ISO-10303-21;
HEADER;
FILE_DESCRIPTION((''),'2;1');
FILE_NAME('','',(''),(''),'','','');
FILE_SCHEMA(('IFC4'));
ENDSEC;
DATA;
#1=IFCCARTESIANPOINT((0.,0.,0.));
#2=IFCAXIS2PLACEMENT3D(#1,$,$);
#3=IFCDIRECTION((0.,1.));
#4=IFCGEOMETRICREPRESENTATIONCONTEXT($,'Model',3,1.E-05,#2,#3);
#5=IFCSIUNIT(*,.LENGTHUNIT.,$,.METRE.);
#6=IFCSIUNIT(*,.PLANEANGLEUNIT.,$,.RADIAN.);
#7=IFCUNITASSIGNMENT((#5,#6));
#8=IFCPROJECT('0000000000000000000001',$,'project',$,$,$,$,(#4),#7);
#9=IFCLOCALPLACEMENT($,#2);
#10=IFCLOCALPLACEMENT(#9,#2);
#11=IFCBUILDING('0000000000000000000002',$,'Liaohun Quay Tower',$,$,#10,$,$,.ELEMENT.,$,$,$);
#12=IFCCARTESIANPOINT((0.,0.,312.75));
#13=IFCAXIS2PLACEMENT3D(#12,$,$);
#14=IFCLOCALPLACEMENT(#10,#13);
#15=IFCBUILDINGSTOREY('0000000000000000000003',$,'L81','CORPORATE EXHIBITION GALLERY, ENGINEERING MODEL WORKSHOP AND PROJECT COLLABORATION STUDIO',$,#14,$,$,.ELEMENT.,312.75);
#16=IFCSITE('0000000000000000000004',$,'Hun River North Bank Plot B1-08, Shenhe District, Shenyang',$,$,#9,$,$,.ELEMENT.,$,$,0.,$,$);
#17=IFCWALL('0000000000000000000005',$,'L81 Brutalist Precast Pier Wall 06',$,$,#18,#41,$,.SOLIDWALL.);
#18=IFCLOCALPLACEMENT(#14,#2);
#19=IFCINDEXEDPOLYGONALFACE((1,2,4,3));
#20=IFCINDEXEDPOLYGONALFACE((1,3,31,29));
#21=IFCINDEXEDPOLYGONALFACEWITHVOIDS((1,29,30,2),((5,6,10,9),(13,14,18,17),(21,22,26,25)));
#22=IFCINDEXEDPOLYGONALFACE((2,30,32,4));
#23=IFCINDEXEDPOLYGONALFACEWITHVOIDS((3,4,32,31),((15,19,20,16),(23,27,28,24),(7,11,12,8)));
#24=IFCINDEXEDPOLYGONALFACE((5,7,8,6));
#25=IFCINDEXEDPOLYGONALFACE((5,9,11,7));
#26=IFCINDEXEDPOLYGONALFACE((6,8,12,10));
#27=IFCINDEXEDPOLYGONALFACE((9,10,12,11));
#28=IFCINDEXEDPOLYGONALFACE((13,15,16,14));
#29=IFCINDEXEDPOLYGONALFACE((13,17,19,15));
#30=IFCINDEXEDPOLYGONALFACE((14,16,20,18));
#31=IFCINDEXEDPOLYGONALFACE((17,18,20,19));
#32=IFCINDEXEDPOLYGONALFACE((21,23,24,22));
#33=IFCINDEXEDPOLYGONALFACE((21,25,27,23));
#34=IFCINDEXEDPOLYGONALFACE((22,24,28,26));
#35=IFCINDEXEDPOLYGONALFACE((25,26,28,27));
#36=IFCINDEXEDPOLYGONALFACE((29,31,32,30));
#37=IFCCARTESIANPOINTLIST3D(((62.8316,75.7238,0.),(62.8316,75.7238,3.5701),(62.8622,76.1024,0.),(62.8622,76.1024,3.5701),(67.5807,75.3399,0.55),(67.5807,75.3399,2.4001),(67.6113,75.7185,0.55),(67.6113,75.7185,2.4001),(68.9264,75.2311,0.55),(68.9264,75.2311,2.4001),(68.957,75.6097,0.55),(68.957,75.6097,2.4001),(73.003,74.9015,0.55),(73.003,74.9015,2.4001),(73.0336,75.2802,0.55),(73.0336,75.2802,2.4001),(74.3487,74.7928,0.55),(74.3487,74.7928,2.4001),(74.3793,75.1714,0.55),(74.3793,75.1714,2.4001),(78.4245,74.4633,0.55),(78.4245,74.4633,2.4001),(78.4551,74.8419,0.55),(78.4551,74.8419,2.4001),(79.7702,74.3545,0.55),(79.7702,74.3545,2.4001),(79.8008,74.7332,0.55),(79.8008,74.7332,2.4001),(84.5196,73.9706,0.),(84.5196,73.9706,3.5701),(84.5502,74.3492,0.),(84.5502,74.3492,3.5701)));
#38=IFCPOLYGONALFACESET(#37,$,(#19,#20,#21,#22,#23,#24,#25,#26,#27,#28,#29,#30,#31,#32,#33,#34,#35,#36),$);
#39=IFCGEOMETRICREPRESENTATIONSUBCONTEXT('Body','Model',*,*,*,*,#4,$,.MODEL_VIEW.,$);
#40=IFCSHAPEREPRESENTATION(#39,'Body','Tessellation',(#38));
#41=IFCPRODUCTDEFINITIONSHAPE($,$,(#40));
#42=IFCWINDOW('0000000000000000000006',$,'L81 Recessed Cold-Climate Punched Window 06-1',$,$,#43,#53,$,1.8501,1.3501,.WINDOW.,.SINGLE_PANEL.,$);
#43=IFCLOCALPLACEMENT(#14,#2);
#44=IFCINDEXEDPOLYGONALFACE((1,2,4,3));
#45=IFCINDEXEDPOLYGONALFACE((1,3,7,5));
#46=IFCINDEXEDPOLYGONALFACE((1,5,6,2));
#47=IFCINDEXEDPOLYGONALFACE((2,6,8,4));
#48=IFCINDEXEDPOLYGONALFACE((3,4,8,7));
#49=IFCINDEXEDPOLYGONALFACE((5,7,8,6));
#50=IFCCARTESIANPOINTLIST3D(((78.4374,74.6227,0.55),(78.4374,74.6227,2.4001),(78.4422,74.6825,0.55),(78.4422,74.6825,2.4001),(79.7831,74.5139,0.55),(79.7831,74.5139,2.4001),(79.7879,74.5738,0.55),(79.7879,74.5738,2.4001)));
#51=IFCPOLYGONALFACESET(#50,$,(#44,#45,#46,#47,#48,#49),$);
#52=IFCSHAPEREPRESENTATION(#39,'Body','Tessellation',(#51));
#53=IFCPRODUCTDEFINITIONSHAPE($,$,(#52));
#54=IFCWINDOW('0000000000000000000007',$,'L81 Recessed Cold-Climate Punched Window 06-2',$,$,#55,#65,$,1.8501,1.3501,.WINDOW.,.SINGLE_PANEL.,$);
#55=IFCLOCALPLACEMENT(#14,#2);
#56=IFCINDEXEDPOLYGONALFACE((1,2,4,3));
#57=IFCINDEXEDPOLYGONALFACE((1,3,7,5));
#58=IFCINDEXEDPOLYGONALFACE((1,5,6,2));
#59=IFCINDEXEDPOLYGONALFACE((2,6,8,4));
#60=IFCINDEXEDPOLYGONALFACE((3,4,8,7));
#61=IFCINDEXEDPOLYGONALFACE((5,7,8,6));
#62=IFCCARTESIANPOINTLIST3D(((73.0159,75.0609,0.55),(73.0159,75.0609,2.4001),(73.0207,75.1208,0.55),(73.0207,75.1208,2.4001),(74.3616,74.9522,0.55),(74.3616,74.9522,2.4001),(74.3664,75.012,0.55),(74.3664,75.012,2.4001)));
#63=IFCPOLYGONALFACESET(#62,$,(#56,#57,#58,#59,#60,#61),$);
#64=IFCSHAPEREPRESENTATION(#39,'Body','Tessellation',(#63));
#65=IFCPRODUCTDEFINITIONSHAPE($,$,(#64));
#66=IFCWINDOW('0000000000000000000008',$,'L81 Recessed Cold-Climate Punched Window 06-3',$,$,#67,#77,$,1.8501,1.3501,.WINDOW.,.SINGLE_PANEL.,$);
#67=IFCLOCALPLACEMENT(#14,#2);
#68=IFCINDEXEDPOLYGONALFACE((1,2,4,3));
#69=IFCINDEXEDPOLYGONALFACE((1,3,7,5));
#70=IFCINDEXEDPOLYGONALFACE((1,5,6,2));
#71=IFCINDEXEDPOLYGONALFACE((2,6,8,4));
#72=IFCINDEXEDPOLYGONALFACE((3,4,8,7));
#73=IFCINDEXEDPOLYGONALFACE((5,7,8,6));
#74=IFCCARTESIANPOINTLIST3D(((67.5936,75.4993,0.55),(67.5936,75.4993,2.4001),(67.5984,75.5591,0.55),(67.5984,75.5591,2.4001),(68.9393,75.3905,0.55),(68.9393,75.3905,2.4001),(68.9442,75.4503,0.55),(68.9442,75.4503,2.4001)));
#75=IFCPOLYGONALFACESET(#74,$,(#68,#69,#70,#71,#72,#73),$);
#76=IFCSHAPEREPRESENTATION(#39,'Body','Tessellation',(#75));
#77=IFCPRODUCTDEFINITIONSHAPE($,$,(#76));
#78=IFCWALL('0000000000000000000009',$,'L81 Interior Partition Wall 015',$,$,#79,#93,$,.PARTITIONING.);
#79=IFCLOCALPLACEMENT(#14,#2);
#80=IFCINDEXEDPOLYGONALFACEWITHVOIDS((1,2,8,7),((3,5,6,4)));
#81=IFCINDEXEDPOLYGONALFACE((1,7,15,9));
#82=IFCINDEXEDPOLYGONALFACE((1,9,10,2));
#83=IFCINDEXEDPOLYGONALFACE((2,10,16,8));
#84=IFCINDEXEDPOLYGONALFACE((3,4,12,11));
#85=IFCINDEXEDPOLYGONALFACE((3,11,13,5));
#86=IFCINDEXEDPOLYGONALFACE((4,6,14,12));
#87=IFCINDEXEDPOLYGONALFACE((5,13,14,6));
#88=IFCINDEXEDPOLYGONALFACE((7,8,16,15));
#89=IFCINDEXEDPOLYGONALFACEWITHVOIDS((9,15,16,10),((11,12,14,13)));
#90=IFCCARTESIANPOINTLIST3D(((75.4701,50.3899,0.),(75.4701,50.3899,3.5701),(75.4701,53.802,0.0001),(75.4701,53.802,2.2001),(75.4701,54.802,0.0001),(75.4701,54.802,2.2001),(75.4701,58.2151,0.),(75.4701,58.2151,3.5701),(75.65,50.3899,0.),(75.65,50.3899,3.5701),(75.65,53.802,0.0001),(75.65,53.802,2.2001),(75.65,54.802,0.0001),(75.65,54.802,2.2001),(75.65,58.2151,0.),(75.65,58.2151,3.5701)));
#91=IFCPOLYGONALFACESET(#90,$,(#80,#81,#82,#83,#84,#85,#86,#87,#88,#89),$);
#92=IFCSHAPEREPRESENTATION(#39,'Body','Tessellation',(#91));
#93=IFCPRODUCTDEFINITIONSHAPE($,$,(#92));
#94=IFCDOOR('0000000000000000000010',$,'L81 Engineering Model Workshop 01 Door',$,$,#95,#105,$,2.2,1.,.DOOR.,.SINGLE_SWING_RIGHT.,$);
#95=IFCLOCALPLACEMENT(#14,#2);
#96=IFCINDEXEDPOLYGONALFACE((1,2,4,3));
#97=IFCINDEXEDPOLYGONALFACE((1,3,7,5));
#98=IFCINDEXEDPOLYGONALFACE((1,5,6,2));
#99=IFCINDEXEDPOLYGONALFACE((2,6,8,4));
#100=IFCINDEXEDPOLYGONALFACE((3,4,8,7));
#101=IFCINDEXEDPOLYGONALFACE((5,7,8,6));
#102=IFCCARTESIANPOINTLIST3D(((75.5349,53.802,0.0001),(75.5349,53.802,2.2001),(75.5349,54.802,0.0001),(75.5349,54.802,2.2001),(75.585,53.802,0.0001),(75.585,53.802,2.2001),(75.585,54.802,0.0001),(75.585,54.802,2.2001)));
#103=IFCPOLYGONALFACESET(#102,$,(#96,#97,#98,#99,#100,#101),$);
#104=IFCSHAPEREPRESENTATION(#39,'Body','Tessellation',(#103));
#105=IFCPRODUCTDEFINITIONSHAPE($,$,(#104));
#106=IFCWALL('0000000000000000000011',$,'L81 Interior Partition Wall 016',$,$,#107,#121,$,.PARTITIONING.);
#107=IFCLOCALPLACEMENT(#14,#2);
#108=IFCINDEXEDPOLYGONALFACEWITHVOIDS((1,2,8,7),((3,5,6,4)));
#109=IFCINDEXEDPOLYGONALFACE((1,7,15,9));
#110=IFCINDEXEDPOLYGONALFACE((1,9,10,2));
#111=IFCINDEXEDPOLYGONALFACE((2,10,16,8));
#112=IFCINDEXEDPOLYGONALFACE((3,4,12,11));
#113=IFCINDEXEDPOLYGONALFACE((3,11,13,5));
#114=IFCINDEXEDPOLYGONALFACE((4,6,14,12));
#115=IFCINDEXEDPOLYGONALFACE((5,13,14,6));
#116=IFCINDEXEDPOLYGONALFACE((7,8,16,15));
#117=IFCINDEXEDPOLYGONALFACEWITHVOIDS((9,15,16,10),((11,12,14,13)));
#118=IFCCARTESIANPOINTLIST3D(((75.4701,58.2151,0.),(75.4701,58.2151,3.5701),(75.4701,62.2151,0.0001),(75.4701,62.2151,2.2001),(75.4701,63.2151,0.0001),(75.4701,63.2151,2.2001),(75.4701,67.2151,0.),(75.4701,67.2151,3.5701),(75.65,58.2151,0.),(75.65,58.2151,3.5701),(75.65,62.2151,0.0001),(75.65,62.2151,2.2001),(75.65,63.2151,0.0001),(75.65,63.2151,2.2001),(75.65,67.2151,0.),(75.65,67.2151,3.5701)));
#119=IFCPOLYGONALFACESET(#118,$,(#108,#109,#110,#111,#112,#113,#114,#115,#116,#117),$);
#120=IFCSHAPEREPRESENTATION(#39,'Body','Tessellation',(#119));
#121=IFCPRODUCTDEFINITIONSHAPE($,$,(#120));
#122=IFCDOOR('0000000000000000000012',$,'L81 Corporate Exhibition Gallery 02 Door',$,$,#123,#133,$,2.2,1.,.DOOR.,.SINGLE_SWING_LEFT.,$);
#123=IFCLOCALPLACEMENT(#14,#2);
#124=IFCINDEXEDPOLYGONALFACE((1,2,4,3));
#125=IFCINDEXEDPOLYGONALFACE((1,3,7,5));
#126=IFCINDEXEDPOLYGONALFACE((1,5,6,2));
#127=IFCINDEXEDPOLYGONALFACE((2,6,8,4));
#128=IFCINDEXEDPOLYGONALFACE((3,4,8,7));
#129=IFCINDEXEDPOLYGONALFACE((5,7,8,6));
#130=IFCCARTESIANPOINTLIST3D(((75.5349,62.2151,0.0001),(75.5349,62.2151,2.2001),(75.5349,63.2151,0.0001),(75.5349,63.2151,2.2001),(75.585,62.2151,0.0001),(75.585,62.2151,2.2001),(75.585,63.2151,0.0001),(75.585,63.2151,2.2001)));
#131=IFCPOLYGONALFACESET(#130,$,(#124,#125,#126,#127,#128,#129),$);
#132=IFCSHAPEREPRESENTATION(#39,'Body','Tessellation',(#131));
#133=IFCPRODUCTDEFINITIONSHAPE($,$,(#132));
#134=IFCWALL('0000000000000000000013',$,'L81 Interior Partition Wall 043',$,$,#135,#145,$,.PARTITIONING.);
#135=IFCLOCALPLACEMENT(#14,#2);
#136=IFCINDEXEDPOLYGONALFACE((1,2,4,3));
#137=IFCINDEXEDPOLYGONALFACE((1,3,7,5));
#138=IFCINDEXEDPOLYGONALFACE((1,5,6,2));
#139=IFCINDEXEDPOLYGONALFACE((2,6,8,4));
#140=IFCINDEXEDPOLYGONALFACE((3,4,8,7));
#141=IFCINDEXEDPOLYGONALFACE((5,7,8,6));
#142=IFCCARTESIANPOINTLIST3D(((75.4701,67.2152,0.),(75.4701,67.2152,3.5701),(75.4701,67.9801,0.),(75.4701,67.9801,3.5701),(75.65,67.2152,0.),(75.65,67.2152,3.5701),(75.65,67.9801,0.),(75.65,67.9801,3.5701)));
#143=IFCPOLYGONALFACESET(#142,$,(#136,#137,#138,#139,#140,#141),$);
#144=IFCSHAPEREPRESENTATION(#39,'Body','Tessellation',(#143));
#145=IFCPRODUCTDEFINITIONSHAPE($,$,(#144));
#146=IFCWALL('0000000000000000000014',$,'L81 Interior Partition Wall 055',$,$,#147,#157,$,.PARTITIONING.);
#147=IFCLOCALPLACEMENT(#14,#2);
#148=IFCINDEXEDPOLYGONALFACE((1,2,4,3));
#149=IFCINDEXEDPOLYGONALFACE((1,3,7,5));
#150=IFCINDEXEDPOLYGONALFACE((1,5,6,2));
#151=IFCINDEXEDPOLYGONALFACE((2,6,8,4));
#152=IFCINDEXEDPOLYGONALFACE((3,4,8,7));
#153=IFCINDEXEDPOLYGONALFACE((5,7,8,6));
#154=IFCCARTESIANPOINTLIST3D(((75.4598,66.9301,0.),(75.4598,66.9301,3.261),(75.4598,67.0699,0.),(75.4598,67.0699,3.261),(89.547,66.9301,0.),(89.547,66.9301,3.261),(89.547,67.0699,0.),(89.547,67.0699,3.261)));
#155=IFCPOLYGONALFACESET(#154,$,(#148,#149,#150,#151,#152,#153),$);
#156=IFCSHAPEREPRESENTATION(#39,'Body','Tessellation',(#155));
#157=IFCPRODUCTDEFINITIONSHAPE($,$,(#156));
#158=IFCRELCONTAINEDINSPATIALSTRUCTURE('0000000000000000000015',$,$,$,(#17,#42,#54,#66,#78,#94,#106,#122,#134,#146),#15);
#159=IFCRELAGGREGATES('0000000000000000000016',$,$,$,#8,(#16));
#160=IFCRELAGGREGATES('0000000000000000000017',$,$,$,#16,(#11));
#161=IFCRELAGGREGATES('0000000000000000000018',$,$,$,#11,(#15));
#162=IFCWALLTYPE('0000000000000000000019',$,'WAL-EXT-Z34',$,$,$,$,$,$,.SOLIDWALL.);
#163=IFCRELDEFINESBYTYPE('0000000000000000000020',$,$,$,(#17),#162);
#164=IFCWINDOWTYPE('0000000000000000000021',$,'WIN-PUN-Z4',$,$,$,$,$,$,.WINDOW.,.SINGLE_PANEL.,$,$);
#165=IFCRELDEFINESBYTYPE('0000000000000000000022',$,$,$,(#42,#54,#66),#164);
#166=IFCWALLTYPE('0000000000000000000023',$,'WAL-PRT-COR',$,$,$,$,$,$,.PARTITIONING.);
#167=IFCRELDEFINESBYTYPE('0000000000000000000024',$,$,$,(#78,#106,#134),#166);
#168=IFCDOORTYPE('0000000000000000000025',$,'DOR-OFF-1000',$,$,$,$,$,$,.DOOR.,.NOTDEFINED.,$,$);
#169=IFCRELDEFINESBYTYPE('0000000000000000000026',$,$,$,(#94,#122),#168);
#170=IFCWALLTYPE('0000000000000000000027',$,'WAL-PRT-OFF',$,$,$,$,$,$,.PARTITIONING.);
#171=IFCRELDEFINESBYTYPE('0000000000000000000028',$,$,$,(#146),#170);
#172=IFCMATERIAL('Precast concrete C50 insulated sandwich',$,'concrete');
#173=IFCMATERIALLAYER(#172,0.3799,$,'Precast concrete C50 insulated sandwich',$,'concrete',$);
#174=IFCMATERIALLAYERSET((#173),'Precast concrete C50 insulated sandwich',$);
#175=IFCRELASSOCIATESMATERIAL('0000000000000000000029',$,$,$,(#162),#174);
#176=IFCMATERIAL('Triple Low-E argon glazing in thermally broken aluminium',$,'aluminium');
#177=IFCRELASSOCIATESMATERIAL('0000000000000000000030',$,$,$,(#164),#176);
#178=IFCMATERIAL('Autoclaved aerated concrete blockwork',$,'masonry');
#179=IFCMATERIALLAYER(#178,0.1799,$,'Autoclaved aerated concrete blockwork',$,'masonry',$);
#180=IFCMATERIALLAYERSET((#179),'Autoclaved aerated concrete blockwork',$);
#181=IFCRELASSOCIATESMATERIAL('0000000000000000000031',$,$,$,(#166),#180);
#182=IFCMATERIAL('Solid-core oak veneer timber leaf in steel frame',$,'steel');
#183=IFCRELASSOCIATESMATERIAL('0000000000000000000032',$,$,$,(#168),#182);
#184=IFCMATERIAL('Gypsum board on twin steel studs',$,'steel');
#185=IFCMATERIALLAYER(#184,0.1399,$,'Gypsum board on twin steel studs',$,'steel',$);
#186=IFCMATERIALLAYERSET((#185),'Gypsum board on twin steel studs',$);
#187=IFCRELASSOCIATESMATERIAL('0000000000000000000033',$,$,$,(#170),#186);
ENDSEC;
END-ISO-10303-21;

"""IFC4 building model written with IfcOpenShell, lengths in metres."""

from ifc_helpers import new_model, si_unit, direction, frame, frame_2d, origin, place, context, subcontext, project, spatial, rectangle, extrude, source, transform, mapped, material, layer, layer_set, type_object, element, fill, save


model = new_model("IFC4")

# Units and contexts
model_context = context("Model", 3, precision=1e-05, world=origin(), true_north=direction((0.0, 1.0)))
body_context = subcontext(model_context, "Body", "Model", "MODEL_VIEW")
ifc_project = project(units=[si_unit("LENGTHUNIT", "METRE"), si_unit("PLANEANGLEUNIT", "RADIAN")], contexts=[model_context])

# Site, building, storey
site_placement = place(None, origin())
site = spatial("IfcSite", under=ifc_project, at=site_placement, Name="Hun River North Bank Plot B1-08, Shenhe District, Shenyang", CompositionType="ELEMENT", RefElevation=0.0)
building_placement = place(site_placement, origin())
building = spatial("IfcBuilding", under=site, at=building_placement, Name="Liaohun Quay Tower", CompositionType="ELEMENT")
storey_placement = place(building_placement, frame((0.0, 0.0, 312.75)))
storey = spatial("IfcBuildingStorey", under=building, at=storey_placement, Name="L81", Description="CORPORATE EXHIBITION GALLERY, ENGINEERING MODEL WORKSHOP AND PROJECT COLLABORATION STUDIO", CompositionType="ELEMENT", Elevation=312.75)

# Shared definitions
ifc_material_1 = material(Name="Precast concrete C50 insulated sandwich", Category="concrete")
ifc_layer_1 = layer(ifc_material_1, 0.3799, Name="Precast concrete C50 insulated sandwich", Category="concrete")
ifc_layer_set_1 = layer_set([ifc_layer_1], Name="Precast concrete C50 insulated sandwich")
wall_type_1 = type_object("IfcWallType", Name="WAL-EXT-Z34", PredefinedType="SOLIDWALL", material=ifc_layer_set_1)

# Wall, openings, windows
wall_1_placement = place(storey_placement, frame((84.5349, 74.1599, 0.0), z_axis=(0.0, 0.0, 1.0), x_axis=(-0.996749, 0.080573, 0.0)))
wall_1 = element("IfcWall", 1, at=wall_1_placement, inside=storey, type_object=wall_type_1, Name="L81 Brutalist Precast Pier Wall 06", PredefinedType="SOLIDWALL", context=body_context, shape_type="SweptSolid", body=[
    extrude(rectangle(XDim=21.7588, YDim=0.3799, at=frame_2d((10.8794, 0.0))), origin(), (0.0, 0.0, 1.0), 3.5701),
])
shared_shape_1 = source(origin(), body_context, "Body", "SweptSolid", [
    extrude(rectangle(XDim=1.3501, YDim=1.8501, at=frame_2d((0.675, 0.925))), frame((0.0, 0.2, 0.0), z_axis=(0.0, -1.0, 0.0), x_axis=(1.0, 0.0, 0.0)), (0.0, 0.0, 1.0), 0.3999),
])
opening_1_placement = place(wall_1_placement, frame((4.7649, 0.0, 0.55)))
opening_1 = element("IfcOpeningElement", 2, at=opening_1_placement, cuts=wall_1, PredefinedType="OPENING", context=body_context, shape_type="MappedRepresentation", body=[
    mapped(shared_shape_1, transform((0.0, 0.0, 0.0), x_axis=(1.0, 0.0, 0.0), y_axis=(0.0, 1.0, 0.0), z_axis=(0.0, 0.0, 1.0), scale=1.0)),
])
opening_2_placement = place(wall_1_placement, frame((10.2041, 0.0, 0.55)))
opening_2 = element("IfcOpeningElement", 3, at=opening_2_placement, cuts=wall_1, PredefinedType="OPENING", context=body_context, shape_type="MappedRepresentation", body=[
    mapped(shared_shape_1, transform((0.0, 0.0, 0.0), x_axis=(1.0, 0.0, 0.0), y_axis=(0.0, 1.0, 0.0), z_axis=(0.0, 0.0, 1.0), scale=1.0)),
])
opening_3_placement = place(wall_1_placement, frame((15.644, 0.0, 0.55)))
opening_3 = element("IfcOpeningElement", 4, at=opening_3_placement, cuts=wall_1, PredefinedType="OPENING", context=body_context, shape_type="MappedRepresentation", body=[
    mapped(shared_shape_1, transform((0.0, 0.0, 0.0), x_axis=(1.0, 0.0, 0.0), y_axis=(0.0, 1.0, 0.0), z_axis=(0.0, 0.0, 1.0), scale=1.0)),
])
ifc_material_2 = material(Name="Triple Low-E argon glazing in thermally broken aluminium", Category="aluminium")
window_type_1 = type_object("IfcWindowType", Name="WIN-PUN-Z4", PartitioningType="SINGLE_PANEL", PredefinedType="WINDOW", material=ifc_material_2)
shared_shape_2 = source(origin(), body_context, "Body", "SweptSolid", [
    extrude(rectangle(XDim=1.3501, YDim=1.8501, at=frame_2d((0.675, 0.925))), frame((0.0, 0.03, 0.0), z_axis=(0.0, -1.0, 0.0), x_axis=(1.0, 0.0, 0.0)), (0.0, 0.0, 1.0), 0.0601),
])
window_1_placement = place(opening_1_placement, origin())
window_1 = element("IfcWindow", 5, at=window_1_placement, inside=storey, type_object=window_type_1, Name="L81 Recessed Cold-Climate Punched Window 06-1", OverallHeight=1.8501, OverallWidth=1.3501, PartitioningType="SINGLE_PANEL", PredefinedType="WINDOW", context=body_context, shape_type="MappedRepresentation", body=[
    mapped(shared_shape_2, transform((0.0, 0.0, 0.0), x_axis=(1.0, 0.0, 0.0), y_axis=(0.0, 1.0, 0.0), z_axis=(0.0, 0.0, 1.0), scale=1.0)),
])
fill(opening_1, window_1)
window_2_placement = place(opening_2_placement, origin())
window_2 = element("IfcWindow", 6, at=window_2_placement, inside=storey, type_object=window_type_1, Name="L81 Recessed Cold-Climate Punched Window 06-2", OverallHeight=1.8501, OverallWidth=1.3501, PartitioningType="SINGLE_PANEL", PredefinedType="WINDOW", context=body_context, shape_type="MappedRepresentation", body=[
    mapped(shared_shape_2, transform((0.0, 0.0, 0.0), x_axis=(1.0, 0.0, 0.0), y_axis=(0.0, 1.0, 0.0), z_axis=(0.0, 0.0, 1.0), scale=1.0)),
])
fill(opening_2, window_2)
window_3_placement = place(opening_3_placement, origin())
window_3 = element("IfcWindow", 7, at=window_3_placement, inside=storey, type_object=window_type_1, Name="L81 Recessed Cold-Climate Punched Window 06-3", OverallHeight=1.8501, OverallWidth=1.3501, PartitioningType="SINGLE_PANEL", PredefinedType="WINDOW", context=body_context, shape_type="MappedRepresentation", body=[
    mapped(shared_shape_2, transform((0.0, 0.0, 0.0), x_axis=(1.0, 0.0, 0.0), y_axis=(0.0, 1.0, 0.0), z_axis=(0.0, 0.0, 1.0), scale=1.0)),
])
fill(opening_3, window_3)

# Walls, openings, doors
ifc_material_3 = material(Name="Autoclaved aerated concrete blockwork", Category="masonry")
ifc_layer_2 = layer(ifc_material_3, 0.1799, Name="Autoclaved aerated concrete blockwork", Category="masonry")
ifc_layer_set_2 = layer_set([ifc_layer_2], Name="Autoclaved aerated concrete blockwork")
wall_type_2 = type_object("IfcWallType", Name="WAL-PRT-COR", PredefinedType="PARTITIONING", material=ifc_layer_set_2)
wall_2_placement = place(storey_placement, frame((75.5601, 58.2151, 0.0), z_axis=(0.0, 0.0, 1.0), x_axis=(0.0, -1.0, 0.0)))
wall_2 = element("IfcWall", 8, at=wall_2_placement, inside=storey, type_object=wall_type_2, Name="L81 Interior Partition Wall 015", PredefinedType="PARTITIONING", context=body_context, shape_type="SweptSolid", body=[
    extrude(rectangle(XDim=7.8252, YDim=0.1799, at=frame_2d((3.9126, 0.0))), origin(), (0.0, 0.0, 1.0), 3.5701),
])
shared_shape_3 = source(origin(), body_context, "Body", "SweptSolid", [
    extrude(rectangle(XDim=1.0, YDim=2.2, at=frame_2d((0.5, 1.1001))), frame((0.0, 0.0999, 0.0), z_axis=(0.0, -1.0, 0.0), x_axis=(1.0, 0.0, 0.0)), (0.0, 0.0, 1.0), 0.2),
])
opening_4_placement = place(wall_2_placement, frame((3.4131, 0.0, 0.0)))
opening_4 = element("IfcOpeningElement", 9, at=opening_4_placement, cuts=wall_2, PredefinedType="OPENING", context=body_context, shape_type="MappedRepresentation", body=[
    mapped(shared_shape_3, transform((0.0, 0.0, 0.0), x_axis=(1.0, 0.0, 0.0), y_axis=(0.0, 1.0, 0.0), z_axis=(0.0, 0.0, 1.0), scale=1.0)),
])
ifc_material_4 = material(Name="Solid-core oak veneer timber leaf in steel frame", Category="steel")
door_type = type_object("IfcDoorType", Name="DOR-OFF-1000", OperationType="NOTDEFINED", PredefinedType="DOOR", material=ifc_material_4)
shared_shape_4 = source(origin(), body_context, "Body", "SweptSolid", [
    extrude(rectangle(XDim=1.0, YDim=2.2, at=frame_2d((0.5, 1.1001))), frame((0.0, 0.0249, 0.0), z_axis=(0.0, -1.0, 0.0), x_axis=(1.0, 0.0, 0.0)), (0.0, 0.0, 1.0), 0.05),
])
door_1_placement = place(opening_4_placement, origin())
door_1 = element("IfcDoor", 10, at=door_1_placement, inside=storey, type_object=door_type, Name="L81 Engineering Model Workshop 01 Door", OperationType="SINGLE_SWING_RIGHT", OverallHeight=2.2, OverallWidth=1.0, PredefinedType="DOOR", context=body_context, shape_type="MappedRepresentation", body=[
    mapped(shared_shape_4, transform((0.0, 0.0, 0.0), x_axis=(1.0, 0.0, 0.0), y_axis=(0.0, 1.0, 0.0), z_axis=(0.0, 0.0, 1.0), scale=1.0)),
])
fill(opening_4, door_1)
wall_3_placement = place(storey_placement, frame((75.5601, 67.2151, 0.0), z_axis=(0.0, 0.0, 1.0), x_axis=(0.0, -1.0, 0.0)))
wall_3 = element("IfcWall", 11, at=wall_3_placement, inside=storey, type_object=wall_type_2, Name="L81 Interior Partition Wall 016", PredefinedType="PARTITIONING", context=body_context, shape_type="SweptSolid", body=[
    extrude(rectangle(XDim=9.0, YDim=0.1799, at=frame_2d((4.5, 0.0))), origin(), (0.0, 0.0, 1.0), 3.5701),
])
opening_5_placement = place(wall_3_placement, frame((4.0, 0.0, 0.0)))
opening_5 = element("IfcOpeningElement", 12, at=opening_5_placement, cuts=wall_3, PredefinedType="OPENING", context=body_context, shape_type="MappedRepresentation", body=[
    mapped(shared_shape_3, transform((0.0, 0.0, 0.0), x_axis=(1.0, 0.0, 0.0), y_axis=(0.0, 1.0, 0.0), z_axis=(0.0, 0.0, 1.0), scale=1.0)),
])
door_2_placement = place(opening_5_placement, origin())
door_2 = element("IfcDoor", 13, at=door_2_placement, inside=storey, type_object=door_type, Name="L81 Corporate Exhibition Gallery 02 Door", OperationType="SINGLE_SWING_LEFT", OverallHeight=2.2, OverallWidth=1.0, PredefinedType="DOOR", context=body_context, shape_type="MappedRepresentation", body=[
    mapped(shared_shape_4, transform((0.0, 0.0, 0.0), x_axis=(1.0, 0.0, 0.0), y_axis=(0.0, 1.0, 0.0), z_axis=(0.0, 0.0, 1.0), scale=1.0)),
])
fill(opening_5, door_2)

# Walls
wall_4_placement = place(storey_placement, frame((75.5601, 67.98, 0.0), z_axis=(0.0, 0.0, 1.0), x_axis=(0.0, -1.0, 0.0)))
element("IfcWall", 14, at=wall_4_placement, inside=storey, type_object=wall_type_2, Name="L81 Interior Partition Wall 043", PredefinedType="PARTITIONING", context=body_context, shape_type="SweptSolid", body=[
    extrude(rectangle(XDim=0.7649, YDim=0.1799, at=frame_2d((0.3823, 0.0))), origin(), (0.0, 0.0, 1.0), 3.5701),
])
ifc_material_5 = material(Name="Gypsum board on twin steel studs", Category="steel")
ifc_layer_3 = layer(ifc_material_5, 0.1399, Name="Gypsum board on twin steel studs", Category="steel")
ifc_layer_set_3 = layer_set([ifc_layer_3], Name="Gypsum board on twin steel studs")
wall_type_3 = type_object("IfcWallType", Name="WAL-PRT-OFF", PredefinedType="PARTITIONING", material=ifc_layer_set_3)
wall_5_placement = place(storey_placement, frame((75.46, 67.0, 0.0), z_axis=(0.0, 0.0, 1.0), x_axis=(1.0, 0.0, 0.0)))
element("IfcWall", 15, at=wall_5_placement, inside=storey, type_object=wall_type_3, Name="L81 Interior Partition Wall 055", PredefinedType="PARTITIONING", context=body_context, shape_type="SweptSolid", body=[
    extrude(rectangle(XDim=14.0872, YDim=0.1399, at=frame_2d((7.0435, 0.0))), origin(), (0.0, 0.0, 1.0), 3.261),
])

save(model, "model.ifc")
